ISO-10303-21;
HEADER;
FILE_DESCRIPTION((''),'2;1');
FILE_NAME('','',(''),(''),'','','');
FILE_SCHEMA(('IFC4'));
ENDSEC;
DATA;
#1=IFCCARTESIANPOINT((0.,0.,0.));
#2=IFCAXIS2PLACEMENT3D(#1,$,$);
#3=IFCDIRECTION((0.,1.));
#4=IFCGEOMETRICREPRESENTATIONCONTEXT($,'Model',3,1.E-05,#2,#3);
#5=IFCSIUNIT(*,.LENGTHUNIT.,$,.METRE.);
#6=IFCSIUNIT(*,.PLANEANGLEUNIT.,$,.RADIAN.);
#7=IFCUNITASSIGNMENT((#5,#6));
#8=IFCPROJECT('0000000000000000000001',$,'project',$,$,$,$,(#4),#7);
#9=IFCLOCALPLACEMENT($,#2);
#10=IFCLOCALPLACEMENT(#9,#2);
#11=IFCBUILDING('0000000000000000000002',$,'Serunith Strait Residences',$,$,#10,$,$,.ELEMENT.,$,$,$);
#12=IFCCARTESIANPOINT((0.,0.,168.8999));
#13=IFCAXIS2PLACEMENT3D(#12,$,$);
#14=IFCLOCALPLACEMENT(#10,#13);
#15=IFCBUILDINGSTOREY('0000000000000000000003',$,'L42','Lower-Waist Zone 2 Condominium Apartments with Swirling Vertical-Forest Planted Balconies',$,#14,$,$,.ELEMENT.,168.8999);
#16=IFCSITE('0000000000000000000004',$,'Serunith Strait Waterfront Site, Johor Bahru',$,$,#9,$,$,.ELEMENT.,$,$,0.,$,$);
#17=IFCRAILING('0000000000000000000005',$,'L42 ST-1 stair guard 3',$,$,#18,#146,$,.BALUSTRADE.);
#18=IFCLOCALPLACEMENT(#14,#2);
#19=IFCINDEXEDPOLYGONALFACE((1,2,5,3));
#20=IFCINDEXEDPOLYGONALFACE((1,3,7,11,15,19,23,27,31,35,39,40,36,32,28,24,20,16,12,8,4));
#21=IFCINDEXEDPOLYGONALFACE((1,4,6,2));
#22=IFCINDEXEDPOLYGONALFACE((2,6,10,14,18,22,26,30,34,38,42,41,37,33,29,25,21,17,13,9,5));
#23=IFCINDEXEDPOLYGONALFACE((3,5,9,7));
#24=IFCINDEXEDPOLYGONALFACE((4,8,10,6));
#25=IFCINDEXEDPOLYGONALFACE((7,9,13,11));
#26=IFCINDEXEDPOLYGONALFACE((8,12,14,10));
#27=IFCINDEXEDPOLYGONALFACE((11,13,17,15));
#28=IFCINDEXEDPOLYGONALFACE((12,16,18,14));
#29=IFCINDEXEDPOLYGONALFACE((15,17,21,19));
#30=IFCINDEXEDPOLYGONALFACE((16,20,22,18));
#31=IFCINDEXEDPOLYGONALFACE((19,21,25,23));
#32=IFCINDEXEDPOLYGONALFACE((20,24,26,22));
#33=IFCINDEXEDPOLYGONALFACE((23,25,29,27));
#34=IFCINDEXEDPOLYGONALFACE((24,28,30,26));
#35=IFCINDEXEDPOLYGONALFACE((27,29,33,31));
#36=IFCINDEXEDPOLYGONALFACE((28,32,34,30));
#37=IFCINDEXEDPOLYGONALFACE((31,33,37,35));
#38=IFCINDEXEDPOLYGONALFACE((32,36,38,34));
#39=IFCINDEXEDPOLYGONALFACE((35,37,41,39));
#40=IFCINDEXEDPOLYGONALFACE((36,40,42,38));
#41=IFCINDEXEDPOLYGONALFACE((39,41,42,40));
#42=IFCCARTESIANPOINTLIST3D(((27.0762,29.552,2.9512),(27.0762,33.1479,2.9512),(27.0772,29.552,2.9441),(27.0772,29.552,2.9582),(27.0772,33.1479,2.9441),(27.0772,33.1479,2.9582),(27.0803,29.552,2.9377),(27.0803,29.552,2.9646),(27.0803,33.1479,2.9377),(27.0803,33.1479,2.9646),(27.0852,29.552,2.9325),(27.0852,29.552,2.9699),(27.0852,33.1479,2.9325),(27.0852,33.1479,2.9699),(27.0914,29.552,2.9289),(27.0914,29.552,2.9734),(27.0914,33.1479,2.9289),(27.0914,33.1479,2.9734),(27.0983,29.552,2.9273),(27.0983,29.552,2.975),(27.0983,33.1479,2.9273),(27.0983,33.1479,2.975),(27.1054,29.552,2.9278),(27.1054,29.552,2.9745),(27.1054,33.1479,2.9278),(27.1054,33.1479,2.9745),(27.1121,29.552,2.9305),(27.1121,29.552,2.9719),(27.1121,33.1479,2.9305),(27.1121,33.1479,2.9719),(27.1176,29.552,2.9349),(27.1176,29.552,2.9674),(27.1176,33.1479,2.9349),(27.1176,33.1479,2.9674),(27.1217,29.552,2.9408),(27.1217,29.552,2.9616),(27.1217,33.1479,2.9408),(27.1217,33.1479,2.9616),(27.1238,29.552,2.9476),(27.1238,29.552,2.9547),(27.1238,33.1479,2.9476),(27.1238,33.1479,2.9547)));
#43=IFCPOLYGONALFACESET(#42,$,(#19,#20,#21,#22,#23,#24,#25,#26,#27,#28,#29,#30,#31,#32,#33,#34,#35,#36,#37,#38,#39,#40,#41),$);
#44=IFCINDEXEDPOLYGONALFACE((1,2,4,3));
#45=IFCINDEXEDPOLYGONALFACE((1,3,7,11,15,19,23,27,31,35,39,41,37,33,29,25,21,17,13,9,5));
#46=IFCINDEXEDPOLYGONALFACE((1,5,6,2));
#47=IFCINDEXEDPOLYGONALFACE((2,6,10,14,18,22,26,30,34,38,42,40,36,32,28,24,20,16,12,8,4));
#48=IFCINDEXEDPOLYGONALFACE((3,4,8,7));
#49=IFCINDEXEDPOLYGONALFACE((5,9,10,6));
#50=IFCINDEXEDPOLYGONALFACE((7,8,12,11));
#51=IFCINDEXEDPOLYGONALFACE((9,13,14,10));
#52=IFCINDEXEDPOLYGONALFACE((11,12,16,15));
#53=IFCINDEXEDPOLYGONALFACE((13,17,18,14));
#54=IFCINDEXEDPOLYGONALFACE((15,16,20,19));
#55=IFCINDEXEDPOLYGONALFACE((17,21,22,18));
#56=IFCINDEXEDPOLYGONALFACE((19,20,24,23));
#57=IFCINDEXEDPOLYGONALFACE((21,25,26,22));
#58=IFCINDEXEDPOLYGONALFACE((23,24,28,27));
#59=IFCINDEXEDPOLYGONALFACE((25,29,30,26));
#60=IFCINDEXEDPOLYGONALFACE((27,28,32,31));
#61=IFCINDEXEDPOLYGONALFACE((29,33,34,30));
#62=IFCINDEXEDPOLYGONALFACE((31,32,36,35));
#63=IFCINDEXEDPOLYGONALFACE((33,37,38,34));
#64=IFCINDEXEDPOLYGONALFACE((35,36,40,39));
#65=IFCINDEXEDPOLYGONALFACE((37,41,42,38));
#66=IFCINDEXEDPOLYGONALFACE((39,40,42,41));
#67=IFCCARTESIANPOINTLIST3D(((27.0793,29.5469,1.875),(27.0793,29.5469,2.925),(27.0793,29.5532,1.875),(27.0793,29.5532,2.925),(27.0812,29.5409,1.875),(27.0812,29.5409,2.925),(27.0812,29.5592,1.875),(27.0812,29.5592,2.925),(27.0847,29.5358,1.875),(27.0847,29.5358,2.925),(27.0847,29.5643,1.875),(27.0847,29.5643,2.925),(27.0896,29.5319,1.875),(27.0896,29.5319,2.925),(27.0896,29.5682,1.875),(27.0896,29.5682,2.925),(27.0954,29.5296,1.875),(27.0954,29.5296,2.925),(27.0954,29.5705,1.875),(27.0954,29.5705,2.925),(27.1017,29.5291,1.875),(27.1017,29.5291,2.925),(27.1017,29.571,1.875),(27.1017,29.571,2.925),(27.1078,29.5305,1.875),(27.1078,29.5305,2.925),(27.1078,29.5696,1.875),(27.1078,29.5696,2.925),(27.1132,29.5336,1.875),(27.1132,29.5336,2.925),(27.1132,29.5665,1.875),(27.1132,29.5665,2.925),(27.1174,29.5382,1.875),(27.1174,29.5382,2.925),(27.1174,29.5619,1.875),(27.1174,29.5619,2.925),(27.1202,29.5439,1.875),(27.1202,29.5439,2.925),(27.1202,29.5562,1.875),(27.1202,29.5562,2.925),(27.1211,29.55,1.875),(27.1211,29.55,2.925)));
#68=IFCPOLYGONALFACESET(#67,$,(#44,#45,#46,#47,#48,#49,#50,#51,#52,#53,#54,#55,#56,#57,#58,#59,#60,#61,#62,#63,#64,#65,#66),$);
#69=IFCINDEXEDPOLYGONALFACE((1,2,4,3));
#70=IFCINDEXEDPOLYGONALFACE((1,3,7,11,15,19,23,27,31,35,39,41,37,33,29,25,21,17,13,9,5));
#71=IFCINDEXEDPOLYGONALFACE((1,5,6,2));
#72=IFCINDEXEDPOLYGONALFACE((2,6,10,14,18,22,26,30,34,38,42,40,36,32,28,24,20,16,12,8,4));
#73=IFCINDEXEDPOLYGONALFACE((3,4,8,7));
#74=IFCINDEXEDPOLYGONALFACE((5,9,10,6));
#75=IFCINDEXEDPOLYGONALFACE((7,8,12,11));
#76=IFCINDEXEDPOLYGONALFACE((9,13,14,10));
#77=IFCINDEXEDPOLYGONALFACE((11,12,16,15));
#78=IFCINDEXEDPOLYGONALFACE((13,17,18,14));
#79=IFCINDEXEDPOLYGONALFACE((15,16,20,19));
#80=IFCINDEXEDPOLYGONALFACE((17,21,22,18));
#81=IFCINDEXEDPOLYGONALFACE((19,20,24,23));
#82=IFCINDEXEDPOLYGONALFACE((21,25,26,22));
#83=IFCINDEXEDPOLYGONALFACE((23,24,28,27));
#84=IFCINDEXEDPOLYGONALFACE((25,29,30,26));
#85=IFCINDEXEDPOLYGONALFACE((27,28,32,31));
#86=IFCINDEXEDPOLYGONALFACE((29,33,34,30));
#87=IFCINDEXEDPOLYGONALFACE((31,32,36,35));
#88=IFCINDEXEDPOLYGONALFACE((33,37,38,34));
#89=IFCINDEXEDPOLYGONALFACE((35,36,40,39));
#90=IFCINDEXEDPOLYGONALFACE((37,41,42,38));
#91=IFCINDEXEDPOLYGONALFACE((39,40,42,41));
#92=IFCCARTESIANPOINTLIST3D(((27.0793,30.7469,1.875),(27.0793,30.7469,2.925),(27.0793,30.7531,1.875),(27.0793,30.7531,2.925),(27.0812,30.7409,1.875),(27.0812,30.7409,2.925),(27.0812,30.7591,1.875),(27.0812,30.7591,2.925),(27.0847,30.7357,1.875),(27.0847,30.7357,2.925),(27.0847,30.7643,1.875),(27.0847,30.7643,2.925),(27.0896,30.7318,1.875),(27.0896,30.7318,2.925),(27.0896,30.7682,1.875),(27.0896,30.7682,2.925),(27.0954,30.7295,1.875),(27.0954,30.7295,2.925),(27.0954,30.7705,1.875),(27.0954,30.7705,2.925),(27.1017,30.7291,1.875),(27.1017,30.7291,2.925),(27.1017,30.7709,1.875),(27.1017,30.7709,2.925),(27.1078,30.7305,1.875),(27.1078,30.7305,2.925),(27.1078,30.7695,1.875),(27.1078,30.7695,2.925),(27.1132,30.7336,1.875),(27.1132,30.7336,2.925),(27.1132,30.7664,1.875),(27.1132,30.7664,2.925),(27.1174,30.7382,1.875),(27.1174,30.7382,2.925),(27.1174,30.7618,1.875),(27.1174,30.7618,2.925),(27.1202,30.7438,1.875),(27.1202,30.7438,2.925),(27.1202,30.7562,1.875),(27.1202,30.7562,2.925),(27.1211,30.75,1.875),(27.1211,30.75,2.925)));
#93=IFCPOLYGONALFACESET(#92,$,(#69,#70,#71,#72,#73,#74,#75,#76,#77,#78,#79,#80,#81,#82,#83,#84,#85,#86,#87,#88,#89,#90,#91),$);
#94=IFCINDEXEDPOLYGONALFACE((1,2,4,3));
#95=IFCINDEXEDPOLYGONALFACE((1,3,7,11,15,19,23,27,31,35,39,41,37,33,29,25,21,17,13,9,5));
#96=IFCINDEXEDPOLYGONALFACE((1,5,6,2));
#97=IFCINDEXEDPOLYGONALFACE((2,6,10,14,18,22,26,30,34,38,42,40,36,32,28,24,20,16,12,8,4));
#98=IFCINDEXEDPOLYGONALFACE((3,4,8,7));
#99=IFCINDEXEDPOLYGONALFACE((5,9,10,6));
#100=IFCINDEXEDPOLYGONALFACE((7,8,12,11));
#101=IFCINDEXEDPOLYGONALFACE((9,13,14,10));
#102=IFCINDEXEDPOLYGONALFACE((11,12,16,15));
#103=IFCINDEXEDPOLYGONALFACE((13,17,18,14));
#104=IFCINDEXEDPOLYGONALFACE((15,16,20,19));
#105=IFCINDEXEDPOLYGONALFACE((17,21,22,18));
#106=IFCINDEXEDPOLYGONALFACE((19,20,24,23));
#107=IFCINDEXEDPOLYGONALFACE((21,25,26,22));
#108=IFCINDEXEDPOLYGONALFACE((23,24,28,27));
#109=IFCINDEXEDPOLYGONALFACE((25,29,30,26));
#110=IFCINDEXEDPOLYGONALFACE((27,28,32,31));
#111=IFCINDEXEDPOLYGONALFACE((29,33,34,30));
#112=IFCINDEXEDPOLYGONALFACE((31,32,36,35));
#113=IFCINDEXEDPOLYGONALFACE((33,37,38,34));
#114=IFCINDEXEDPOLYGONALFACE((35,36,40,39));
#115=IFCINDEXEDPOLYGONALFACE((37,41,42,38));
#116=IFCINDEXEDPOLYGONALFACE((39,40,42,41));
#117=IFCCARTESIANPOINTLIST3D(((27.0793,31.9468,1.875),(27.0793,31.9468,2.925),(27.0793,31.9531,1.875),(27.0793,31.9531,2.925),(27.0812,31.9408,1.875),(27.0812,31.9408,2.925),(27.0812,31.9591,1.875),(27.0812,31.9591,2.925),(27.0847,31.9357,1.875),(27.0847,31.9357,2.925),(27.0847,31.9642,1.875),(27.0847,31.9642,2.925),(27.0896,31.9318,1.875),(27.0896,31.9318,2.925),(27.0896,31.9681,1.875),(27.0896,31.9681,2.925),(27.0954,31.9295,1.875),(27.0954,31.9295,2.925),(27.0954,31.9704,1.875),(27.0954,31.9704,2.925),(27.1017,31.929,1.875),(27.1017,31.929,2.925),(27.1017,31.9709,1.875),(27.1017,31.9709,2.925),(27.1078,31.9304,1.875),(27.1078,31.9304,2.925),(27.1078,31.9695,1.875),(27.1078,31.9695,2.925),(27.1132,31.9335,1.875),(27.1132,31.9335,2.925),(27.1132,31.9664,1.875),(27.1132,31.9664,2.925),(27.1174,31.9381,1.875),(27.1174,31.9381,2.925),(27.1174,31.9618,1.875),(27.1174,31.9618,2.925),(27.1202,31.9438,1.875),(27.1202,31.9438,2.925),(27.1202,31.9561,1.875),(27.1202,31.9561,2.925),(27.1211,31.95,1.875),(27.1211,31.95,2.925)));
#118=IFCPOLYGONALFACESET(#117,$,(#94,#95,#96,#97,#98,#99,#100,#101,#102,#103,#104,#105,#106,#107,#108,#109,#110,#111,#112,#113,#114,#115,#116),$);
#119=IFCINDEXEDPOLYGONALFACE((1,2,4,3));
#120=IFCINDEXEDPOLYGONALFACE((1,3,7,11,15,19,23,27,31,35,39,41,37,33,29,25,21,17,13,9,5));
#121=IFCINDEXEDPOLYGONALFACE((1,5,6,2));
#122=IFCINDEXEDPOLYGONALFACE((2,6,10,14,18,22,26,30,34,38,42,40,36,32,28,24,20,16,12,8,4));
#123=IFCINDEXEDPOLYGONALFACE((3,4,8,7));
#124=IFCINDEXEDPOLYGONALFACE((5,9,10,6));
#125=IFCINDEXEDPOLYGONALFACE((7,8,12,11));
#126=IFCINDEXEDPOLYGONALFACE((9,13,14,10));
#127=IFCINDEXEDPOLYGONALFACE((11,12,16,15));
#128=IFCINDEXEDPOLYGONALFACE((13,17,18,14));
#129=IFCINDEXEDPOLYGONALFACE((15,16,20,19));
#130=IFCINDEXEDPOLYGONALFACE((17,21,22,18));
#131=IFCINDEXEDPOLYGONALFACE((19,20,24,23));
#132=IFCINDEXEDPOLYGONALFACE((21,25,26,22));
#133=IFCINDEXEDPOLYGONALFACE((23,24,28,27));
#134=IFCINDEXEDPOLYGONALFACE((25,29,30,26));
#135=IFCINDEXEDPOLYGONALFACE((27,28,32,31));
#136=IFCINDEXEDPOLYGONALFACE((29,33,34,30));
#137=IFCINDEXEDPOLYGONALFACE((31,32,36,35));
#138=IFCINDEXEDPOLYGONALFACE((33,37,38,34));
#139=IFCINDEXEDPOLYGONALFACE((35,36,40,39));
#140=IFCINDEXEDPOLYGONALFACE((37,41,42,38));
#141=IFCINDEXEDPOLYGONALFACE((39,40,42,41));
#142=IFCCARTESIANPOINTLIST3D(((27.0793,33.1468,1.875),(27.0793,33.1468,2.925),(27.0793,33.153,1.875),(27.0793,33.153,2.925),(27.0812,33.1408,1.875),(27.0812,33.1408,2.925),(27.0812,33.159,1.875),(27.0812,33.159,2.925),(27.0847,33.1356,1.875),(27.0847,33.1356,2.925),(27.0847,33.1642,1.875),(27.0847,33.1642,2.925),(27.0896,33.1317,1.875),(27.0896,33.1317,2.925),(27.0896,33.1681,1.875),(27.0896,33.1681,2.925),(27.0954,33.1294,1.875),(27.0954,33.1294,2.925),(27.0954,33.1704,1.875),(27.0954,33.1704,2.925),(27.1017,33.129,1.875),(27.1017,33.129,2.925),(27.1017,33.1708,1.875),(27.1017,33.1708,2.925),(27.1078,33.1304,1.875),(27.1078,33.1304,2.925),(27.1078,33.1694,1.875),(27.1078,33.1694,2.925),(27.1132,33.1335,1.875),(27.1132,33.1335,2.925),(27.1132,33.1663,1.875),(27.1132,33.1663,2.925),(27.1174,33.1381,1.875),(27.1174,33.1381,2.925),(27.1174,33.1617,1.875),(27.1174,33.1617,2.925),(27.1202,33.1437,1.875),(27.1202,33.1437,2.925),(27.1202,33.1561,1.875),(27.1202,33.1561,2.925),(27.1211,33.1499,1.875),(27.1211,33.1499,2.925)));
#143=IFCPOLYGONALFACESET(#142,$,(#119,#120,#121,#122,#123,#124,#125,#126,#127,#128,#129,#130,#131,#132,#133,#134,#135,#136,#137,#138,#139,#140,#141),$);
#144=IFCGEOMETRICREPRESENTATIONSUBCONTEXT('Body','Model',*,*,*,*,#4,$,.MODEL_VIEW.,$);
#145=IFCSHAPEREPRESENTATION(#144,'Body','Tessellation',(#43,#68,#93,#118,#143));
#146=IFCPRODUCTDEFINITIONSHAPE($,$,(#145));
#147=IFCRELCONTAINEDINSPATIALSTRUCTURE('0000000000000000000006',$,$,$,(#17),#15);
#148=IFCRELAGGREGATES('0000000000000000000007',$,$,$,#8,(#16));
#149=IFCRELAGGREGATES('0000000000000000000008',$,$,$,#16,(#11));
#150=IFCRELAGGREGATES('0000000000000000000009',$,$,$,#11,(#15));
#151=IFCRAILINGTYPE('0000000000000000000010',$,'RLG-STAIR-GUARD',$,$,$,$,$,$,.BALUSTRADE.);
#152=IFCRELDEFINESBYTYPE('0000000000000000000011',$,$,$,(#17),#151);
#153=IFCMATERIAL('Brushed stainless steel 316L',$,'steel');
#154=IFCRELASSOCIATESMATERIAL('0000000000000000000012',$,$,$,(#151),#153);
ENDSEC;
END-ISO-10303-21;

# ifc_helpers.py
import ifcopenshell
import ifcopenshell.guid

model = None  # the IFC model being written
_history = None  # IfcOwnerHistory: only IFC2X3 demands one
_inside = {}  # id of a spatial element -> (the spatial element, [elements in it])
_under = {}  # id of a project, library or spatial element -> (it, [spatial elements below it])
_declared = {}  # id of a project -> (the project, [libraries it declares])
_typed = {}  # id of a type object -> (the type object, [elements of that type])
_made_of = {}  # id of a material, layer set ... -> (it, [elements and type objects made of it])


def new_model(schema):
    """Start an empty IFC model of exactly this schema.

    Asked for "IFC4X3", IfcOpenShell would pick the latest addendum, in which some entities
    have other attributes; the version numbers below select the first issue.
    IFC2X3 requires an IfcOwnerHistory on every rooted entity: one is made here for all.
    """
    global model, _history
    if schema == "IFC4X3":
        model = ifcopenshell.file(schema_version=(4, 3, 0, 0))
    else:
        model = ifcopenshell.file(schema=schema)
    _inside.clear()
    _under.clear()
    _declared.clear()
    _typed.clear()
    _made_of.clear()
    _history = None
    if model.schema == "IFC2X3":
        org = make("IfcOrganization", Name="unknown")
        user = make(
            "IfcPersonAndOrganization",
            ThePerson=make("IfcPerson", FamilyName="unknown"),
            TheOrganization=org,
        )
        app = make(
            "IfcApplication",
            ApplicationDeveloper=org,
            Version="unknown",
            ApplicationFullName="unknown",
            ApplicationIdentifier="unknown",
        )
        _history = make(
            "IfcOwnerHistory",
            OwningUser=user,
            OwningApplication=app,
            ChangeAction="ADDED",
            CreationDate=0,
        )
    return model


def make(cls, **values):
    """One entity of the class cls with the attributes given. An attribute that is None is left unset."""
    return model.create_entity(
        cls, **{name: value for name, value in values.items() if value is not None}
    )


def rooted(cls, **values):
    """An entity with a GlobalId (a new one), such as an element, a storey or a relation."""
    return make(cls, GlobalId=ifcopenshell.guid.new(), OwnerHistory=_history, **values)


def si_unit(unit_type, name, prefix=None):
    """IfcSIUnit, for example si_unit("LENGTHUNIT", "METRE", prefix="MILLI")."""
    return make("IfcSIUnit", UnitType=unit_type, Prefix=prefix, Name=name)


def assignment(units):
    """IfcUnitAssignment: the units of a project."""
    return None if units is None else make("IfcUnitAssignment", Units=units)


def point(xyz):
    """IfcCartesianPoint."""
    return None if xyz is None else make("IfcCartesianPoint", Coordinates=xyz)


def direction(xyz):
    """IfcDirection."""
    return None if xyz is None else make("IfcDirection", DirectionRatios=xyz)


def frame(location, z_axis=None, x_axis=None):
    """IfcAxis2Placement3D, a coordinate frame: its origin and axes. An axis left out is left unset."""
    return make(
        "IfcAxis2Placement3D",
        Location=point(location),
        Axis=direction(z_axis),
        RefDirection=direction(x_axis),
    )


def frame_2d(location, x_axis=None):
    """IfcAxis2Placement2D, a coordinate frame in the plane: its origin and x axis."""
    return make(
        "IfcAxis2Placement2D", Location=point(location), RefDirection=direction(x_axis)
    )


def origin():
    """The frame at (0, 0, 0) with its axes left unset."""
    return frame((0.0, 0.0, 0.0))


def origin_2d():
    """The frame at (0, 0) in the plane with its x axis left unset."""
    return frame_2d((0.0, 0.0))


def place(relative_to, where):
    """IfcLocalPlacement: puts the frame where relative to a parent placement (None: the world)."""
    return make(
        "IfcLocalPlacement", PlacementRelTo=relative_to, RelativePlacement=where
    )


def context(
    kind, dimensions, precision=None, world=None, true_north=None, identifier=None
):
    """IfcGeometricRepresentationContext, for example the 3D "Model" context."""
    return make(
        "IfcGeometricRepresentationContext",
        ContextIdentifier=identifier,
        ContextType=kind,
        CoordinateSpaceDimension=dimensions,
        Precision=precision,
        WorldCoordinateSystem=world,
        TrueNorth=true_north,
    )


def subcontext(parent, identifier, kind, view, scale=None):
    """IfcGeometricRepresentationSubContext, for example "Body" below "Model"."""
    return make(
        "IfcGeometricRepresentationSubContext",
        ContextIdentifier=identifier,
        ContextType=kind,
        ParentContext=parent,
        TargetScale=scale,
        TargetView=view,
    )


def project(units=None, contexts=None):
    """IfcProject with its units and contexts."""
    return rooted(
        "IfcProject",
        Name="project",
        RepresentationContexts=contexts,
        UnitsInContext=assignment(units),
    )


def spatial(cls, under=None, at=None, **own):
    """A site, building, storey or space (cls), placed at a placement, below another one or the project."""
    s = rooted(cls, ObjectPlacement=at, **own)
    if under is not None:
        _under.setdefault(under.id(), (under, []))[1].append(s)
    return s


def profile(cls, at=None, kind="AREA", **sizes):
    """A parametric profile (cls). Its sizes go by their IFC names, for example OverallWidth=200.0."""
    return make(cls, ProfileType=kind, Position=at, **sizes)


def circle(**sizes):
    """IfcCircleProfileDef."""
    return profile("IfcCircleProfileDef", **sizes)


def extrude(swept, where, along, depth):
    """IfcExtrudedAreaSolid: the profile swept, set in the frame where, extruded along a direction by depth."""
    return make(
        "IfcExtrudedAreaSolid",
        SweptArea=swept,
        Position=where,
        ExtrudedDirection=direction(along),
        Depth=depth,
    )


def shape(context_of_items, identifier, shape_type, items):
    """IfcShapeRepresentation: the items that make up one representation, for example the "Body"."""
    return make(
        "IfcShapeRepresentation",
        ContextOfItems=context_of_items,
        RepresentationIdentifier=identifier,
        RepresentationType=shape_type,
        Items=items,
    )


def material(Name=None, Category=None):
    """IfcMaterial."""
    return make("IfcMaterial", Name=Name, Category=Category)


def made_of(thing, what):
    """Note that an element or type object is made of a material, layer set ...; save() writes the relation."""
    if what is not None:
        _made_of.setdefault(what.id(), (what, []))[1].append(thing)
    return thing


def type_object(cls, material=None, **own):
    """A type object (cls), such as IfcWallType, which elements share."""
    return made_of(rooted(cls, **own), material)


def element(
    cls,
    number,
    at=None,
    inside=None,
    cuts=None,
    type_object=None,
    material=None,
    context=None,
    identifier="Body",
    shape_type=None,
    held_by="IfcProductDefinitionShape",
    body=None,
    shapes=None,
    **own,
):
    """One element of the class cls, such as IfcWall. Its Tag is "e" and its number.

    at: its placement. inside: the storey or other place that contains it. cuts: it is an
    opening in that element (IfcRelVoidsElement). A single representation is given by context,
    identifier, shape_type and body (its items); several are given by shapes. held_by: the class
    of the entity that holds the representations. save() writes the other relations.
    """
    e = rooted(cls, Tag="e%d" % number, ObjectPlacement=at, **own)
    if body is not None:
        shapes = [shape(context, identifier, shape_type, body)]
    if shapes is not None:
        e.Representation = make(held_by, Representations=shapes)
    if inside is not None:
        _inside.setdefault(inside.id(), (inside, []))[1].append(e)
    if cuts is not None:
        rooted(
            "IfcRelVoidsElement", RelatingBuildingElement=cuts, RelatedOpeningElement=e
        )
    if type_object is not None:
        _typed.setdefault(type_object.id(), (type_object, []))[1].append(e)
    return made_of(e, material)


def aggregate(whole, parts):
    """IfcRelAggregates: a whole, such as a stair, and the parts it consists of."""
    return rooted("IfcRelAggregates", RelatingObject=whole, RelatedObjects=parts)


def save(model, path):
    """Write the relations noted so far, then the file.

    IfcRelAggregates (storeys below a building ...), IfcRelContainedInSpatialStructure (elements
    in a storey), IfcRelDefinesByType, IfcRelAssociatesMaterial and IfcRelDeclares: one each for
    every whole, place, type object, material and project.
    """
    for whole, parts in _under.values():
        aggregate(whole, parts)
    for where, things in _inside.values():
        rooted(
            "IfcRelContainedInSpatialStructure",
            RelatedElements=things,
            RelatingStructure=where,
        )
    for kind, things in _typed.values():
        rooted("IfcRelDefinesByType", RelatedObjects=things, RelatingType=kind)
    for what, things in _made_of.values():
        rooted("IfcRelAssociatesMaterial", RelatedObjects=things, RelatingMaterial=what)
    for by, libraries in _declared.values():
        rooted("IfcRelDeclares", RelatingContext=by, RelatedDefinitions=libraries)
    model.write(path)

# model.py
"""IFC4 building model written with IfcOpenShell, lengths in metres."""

from ifc_helpers import new_model, si_unit, direction, frame, origin, origin_2d, place, context, subcontext, project, spatial, circle, extrude, material, type_object, element, save


model = new_model("IFC4")

# Units and contexts
model_context = context("Model", 3, precision=1e-05, world=origin(), true_north=direction((0.0, 1.0)))
body_context = subcontext(model_context, "Body", "Model", "MODEL_VIEW")
ifc_project = project(units=[si_unit("LENGTHUNIT", "METRE"), si_unit("PLANEANGLEUNIT", "RADIAN")], contexts=[model_context])

# Site, building, storey
site_placement = place(None, origin())
site = spatial("IfcSite", under=ifc_project, at=site_placement, Name="Serunith Strait Waterfront Site, Johor Bahru", CompositionType="ELEMENT", RefElevation=0.0)
building_placement = place(site_placement, origin())
building = spatial("IfcBuilding", under=site, at=building_placement, Name="Serunith Strait Residences", CompositionType="ELEMENT")
storey_placement = place(building_placement, frame((0.0, 0.0, 168.8999)))
storey = spatial("IfcBuildingStorey", under=building, at=storey_placement, Name="L42", Description="Lower-Waist Zone 2 Condominium Apartments with Swirling Vertical-Forest Planted Balconies", CompositionType="ELEMENT", Elevation=168.8999)

# Railing
ifc_material_1 = material(Name="Brushed stainless steel 316L", Category="steel")
railing_type_1 = type_object("IfcRailingType", Name="RLG-STAIR-GUARD", PredefinedType="BALUSTRADE", material=ifc_material_1)
for number, where, name in (
    (1, (27.1001, 29.55, 1.875), "L42 ST-1 stair guard 3"),
):
    element("IfcRailing", number, at=place(storey_placement, frame(where)), inside=storey, type_object=railing_type_1, Name=name, PredefinedType="BALUSTRADE", context=body_context, shape_type="SweptSolid", body=[
        extrude(circle(Radius=0.0239, at=origin_2d()), frame((0.0, 0.002, 1.0762), z_axis=(0.0, 1.0, 0.0), x_axis=(-1.0, 0.0, 0.0)), (0.0, 0.0, 1.0), 3.5959),
        extrude(circle(Radius=0.021, at=origin_2d()), origin(), (0.0, 0.0, 1.0), 1.05),
        extrude(circle(Radius=0.021, at=origin_2d()), frame((0.0, 1.2, 0.0)), (0.0, 0.0, 1.0), 1.05),
        extrude(circle(Radius=0.021, at=origin_2d()), frame((0.0, 2.3999, 0.0)), (0.0, 0.0, 1.0), 1.05),
        extrude(circle(Radius=0.021, at=origin_2d()), frame((0.0, 3.5999, 0.0)), (0.0, 0.0, 1.0), 1.05),
    ])

save(model, "model.ifc")
